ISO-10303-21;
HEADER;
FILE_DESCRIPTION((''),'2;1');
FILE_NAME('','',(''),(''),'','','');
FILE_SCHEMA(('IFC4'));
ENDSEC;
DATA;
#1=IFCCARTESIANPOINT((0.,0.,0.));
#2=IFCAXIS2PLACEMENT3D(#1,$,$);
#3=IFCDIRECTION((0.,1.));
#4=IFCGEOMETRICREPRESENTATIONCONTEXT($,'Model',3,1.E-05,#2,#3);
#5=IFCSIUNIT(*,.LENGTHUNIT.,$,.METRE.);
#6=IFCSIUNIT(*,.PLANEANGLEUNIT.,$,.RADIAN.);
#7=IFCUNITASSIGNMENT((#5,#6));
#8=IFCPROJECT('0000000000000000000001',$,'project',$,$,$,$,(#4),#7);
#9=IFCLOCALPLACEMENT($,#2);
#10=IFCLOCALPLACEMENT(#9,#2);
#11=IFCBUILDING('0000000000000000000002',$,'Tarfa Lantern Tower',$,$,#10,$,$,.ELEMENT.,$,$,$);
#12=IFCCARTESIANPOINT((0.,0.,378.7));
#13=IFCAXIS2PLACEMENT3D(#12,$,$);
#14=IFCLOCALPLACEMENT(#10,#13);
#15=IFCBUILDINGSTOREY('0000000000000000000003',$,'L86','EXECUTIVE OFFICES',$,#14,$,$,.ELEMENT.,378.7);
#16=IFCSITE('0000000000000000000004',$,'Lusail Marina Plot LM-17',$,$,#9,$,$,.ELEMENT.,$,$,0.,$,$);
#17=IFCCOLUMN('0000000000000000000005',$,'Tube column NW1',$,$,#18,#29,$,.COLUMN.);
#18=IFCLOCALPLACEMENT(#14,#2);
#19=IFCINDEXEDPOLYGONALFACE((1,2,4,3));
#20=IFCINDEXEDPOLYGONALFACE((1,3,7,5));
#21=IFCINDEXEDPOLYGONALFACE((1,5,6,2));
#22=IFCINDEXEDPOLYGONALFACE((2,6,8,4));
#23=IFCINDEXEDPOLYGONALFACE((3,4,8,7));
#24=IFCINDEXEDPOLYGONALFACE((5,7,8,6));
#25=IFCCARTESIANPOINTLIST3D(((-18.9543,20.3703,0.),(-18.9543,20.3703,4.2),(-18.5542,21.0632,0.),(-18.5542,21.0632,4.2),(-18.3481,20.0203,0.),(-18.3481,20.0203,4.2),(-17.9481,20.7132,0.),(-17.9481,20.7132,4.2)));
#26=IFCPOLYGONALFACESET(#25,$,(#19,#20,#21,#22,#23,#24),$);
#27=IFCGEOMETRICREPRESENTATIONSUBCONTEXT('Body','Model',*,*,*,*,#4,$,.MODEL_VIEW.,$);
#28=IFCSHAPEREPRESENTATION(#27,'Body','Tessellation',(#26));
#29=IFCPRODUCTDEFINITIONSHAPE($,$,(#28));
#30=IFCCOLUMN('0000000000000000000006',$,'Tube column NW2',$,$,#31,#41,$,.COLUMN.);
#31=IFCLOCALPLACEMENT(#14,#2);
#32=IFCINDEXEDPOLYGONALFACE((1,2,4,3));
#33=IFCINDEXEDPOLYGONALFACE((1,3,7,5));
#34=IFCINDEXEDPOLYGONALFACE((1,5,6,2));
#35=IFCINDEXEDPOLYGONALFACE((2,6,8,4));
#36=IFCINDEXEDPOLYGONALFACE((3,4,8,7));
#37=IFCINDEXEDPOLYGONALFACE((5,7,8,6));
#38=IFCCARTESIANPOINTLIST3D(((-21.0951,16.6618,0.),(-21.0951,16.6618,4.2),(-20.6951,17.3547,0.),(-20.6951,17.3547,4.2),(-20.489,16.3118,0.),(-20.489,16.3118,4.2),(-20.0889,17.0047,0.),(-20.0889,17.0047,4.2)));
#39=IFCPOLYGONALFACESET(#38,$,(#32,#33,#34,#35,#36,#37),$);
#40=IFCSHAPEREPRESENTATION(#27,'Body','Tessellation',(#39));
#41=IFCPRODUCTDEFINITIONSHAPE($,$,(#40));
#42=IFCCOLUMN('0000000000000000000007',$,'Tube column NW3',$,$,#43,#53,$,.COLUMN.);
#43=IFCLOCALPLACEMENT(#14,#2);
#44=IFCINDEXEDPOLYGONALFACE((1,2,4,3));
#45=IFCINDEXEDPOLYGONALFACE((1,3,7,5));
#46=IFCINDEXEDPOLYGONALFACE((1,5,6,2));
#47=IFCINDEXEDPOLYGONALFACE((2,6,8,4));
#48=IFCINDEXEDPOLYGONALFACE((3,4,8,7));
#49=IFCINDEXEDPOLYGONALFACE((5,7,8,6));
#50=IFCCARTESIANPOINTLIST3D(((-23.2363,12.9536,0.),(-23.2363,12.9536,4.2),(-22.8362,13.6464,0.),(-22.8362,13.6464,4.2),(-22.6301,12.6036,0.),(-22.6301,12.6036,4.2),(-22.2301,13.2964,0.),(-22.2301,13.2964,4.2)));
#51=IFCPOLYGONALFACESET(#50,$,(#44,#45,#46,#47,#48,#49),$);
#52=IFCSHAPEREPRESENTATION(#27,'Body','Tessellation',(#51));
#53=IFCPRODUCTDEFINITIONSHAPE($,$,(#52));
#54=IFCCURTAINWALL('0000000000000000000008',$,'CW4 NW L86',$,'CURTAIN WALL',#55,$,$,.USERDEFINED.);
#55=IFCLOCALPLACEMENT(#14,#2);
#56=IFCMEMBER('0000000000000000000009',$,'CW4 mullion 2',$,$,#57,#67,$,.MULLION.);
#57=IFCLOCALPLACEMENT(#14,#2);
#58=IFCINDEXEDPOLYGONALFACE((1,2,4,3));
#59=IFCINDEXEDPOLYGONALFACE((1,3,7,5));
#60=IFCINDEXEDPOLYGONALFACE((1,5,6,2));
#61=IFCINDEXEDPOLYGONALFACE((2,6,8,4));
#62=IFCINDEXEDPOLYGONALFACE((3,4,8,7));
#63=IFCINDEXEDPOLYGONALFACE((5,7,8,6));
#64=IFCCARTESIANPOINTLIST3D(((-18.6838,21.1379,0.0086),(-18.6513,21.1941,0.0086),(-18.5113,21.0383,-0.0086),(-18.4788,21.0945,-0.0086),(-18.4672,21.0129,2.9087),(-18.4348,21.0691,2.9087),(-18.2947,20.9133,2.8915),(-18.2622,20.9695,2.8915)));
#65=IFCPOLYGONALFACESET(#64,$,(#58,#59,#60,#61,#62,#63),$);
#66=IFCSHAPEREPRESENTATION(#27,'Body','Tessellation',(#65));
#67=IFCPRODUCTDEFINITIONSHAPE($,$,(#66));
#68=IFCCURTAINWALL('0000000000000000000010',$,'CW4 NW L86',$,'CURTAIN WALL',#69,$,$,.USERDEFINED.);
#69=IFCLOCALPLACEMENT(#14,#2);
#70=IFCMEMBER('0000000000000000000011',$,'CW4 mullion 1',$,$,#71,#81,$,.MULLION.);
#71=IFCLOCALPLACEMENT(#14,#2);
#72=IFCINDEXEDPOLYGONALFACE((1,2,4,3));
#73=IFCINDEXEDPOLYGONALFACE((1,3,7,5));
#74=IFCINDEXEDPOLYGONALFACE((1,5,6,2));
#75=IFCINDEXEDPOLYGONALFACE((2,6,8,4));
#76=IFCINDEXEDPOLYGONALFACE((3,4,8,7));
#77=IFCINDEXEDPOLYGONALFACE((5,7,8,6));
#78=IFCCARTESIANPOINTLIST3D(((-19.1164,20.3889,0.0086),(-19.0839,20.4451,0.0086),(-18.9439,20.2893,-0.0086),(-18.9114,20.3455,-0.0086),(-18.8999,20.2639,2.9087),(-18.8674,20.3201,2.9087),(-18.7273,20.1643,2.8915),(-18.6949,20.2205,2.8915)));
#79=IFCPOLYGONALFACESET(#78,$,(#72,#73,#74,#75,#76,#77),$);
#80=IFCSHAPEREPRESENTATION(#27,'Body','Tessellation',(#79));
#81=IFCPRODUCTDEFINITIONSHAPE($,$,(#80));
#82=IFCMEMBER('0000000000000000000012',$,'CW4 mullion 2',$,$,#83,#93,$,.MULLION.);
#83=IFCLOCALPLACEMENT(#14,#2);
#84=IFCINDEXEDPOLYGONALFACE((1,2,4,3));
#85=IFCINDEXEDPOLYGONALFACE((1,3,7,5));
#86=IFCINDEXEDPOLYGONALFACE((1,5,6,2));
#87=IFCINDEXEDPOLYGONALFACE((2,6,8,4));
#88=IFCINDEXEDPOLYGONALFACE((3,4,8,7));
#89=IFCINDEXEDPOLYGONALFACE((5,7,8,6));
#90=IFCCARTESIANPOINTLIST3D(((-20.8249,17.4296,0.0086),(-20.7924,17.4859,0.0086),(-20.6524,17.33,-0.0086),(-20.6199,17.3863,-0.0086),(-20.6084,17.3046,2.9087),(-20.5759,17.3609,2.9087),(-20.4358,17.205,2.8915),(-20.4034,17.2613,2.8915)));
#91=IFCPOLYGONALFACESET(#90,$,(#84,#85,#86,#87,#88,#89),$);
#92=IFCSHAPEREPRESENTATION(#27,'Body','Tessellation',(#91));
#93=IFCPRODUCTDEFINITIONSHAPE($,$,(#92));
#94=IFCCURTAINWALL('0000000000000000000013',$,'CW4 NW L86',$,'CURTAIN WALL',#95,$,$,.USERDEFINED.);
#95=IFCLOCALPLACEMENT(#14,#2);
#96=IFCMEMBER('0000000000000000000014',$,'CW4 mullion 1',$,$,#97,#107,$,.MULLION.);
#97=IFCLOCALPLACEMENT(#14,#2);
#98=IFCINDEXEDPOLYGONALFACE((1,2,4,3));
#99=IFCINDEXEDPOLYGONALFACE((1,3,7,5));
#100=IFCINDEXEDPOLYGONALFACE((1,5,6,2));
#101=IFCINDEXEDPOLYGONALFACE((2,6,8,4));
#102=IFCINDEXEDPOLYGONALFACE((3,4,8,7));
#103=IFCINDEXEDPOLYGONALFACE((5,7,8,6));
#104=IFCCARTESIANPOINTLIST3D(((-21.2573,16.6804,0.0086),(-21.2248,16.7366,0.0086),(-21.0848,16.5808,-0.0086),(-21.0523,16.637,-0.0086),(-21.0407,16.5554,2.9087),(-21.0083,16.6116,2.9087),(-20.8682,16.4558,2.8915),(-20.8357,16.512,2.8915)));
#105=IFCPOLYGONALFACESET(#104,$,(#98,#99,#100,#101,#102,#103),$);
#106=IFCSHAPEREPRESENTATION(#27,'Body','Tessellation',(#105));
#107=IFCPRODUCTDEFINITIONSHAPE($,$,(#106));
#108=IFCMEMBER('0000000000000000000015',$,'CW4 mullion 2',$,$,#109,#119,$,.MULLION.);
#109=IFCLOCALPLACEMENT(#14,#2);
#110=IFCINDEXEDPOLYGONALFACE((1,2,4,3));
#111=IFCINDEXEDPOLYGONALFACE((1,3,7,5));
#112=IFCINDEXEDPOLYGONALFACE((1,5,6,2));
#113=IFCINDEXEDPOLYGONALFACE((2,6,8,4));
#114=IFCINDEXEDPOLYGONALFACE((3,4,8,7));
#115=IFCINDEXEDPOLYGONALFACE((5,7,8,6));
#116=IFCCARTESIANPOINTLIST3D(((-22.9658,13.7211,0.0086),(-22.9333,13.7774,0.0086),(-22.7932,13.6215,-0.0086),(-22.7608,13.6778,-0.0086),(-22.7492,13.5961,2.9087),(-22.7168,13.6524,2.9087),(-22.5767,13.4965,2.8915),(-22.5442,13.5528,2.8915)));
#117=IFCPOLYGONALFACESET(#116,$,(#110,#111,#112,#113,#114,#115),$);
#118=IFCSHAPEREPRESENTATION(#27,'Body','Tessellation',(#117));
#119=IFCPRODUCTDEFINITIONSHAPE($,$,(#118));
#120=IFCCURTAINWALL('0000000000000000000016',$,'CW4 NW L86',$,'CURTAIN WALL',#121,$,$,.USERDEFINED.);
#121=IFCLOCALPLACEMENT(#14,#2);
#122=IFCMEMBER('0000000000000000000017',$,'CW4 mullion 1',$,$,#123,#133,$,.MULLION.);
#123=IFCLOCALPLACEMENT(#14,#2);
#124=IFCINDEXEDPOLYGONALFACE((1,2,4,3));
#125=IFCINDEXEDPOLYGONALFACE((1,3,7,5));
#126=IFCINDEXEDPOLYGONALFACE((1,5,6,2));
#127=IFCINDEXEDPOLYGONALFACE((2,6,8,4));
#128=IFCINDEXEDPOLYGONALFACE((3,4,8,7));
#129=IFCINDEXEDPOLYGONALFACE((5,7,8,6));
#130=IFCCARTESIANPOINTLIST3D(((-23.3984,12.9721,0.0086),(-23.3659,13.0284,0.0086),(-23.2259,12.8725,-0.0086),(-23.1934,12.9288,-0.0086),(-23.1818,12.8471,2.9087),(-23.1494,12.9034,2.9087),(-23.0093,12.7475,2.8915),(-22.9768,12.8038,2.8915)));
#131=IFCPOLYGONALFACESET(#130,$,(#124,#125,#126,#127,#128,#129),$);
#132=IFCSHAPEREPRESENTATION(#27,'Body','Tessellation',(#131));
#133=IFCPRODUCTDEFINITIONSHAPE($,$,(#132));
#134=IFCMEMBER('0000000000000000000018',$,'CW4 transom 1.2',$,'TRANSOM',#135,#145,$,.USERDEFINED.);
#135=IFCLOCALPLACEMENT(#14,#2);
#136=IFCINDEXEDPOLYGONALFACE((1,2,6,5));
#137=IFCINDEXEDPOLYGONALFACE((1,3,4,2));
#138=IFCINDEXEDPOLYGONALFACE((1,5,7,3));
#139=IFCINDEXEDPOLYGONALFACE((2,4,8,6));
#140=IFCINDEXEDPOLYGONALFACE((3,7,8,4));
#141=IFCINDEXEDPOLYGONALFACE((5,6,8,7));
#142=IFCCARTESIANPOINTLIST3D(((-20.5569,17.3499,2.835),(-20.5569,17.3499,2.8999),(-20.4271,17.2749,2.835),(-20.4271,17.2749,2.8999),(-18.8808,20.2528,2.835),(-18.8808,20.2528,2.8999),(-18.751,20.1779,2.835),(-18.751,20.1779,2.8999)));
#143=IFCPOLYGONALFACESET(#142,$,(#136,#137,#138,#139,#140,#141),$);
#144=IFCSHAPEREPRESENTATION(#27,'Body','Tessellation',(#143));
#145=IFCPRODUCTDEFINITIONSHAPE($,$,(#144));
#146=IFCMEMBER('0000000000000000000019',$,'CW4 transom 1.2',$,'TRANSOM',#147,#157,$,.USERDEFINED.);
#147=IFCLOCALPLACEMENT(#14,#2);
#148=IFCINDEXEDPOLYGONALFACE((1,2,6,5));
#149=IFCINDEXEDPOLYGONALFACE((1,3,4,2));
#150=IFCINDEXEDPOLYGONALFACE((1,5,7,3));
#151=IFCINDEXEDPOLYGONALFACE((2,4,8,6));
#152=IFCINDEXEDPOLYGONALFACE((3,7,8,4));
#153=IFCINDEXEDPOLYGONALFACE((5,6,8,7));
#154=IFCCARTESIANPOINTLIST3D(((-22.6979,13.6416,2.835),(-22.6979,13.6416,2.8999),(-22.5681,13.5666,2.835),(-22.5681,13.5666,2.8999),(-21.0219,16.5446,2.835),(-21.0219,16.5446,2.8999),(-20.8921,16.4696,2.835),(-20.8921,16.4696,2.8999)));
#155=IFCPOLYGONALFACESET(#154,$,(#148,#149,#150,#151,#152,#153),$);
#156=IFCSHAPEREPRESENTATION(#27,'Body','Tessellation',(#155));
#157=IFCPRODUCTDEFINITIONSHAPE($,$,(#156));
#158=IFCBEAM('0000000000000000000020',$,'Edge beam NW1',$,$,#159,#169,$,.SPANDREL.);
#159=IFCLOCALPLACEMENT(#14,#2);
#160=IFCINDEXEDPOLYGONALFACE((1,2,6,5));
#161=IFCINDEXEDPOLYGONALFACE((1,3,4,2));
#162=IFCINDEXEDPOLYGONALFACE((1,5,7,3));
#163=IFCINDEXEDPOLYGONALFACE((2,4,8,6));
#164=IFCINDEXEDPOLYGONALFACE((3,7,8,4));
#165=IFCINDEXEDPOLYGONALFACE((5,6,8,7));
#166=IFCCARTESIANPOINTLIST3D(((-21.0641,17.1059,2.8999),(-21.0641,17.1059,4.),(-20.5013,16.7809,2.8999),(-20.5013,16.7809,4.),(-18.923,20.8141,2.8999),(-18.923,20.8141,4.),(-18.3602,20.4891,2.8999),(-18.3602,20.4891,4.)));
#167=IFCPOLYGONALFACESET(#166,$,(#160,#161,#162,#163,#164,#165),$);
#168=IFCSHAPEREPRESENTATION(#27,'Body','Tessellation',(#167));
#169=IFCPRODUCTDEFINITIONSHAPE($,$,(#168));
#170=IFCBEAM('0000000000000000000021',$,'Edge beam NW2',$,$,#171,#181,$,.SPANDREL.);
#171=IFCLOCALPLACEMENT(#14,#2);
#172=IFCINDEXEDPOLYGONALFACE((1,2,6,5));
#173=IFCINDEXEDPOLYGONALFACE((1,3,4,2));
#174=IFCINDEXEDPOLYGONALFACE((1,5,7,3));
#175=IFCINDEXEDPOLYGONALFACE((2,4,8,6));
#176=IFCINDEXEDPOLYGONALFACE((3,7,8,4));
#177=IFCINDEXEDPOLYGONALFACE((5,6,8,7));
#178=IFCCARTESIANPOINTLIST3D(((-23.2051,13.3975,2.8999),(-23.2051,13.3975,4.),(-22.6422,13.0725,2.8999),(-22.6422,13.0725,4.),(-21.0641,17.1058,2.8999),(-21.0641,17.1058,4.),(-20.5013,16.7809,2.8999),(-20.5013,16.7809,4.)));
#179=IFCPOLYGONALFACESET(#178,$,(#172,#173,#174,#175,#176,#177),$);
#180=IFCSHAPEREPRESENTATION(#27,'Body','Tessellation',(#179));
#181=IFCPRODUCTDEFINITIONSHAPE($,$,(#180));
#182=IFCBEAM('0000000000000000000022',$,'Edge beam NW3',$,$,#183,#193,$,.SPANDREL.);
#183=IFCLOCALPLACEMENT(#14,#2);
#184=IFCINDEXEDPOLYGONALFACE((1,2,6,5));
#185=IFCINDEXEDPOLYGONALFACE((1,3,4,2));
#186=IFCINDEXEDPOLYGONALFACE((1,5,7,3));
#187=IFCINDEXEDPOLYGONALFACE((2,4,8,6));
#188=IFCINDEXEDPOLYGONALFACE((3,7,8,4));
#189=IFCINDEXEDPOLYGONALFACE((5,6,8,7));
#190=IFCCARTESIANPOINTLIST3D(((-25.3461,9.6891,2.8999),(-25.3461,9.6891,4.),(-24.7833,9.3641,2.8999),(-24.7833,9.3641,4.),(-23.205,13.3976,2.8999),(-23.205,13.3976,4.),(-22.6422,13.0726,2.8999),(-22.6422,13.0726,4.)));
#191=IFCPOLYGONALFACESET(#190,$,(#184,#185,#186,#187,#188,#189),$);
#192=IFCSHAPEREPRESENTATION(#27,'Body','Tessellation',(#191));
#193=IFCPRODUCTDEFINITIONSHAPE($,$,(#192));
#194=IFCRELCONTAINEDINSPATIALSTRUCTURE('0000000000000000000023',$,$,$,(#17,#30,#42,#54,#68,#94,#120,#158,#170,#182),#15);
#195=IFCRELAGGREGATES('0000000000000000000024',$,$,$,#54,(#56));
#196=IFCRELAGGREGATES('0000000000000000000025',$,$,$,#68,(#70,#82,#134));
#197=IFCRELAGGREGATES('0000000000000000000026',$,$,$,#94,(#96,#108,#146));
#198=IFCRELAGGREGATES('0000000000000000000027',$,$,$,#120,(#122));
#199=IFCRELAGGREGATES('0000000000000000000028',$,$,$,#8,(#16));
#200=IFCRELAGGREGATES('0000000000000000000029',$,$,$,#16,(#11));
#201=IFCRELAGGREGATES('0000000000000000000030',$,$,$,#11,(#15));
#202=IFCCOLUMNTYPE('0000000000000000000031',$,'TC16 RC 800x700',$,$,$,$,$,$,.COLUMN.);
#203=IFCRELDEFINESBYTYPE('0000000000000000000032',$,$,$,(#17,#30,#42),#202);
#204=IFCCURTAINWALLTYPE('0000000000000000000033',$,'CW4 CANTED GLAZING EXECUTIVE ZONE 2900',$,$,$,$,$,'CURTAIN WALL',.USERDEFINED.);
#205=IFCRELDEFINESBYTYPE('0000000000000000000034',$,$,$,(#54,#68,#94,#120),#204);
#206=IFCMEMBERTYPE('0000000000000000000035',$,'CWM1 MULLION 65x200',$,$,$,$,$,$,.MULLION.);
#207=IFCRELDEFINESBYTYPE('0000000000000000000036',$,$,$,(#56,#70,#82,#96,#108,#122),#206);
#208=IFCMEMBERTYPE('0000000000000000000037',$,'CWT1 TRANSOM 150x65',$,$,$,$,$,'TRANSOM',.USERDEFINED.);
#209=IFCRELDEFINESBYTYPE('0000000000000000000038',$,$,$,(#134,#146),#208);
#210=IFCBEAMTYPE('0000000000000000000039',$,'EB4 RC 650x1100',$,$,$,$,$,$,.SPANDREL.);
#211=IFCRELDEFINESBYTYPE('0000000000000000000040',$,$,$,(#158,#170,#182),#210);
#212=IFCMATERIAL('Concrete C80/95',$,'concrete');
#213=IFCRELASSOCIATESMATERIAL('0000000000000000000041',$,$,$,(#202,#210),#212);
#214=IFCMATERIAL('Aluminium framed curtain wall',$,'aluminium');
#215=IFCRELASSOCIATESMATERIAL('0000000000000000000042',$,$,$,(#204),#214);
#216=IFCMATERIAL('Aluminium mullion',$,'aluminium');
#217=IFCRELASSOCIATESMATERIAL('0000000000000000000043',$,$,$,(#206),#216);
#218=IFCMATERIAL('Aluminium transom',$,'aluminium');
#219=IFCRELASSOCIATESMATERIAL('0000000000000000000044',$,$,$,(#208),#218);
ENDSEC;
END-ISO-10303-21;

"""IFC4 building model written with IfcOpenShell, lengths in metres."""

from ifc_helpers import new_model, si_unit, direction, frame, origin, origin_2d, place, context, subcontext, project, spatial, rectangle, extrude, material, material_profile, profile_set, type_object, element, aggregate, save


model = new_model("IFC4")

# Units and contexts
model_context = context("Model", 3, precision=1e-05, world=origin(), true_north=direction((0.0, 1.0)))
body_context = subcontext(model_context, "Body", "Model", "MODEL_VIEW")
ifc_project = project(units=[si_unit("LENGTHUNIT", "METRE"), si_unit("PLANEANGLEUNIT", "RADIAN")], contexts=[model_context])

# Site, building, storey
site_placement = place(None, origin())
site = spatial("IfcSite", under=ifc_project, at=site_placement, Name="Lusail Marina Plot LM-17", CompositionType="ELEMENT", RefElevation=0.0)
building_placement = place(site_placement, origin())
building = spatial("IfcBuilding", under=site, at=building_placement, Name="Tarfa Lantern Tower", CompositionType="ELEMENT")
storey_placement = place(building_placement, frame((0.0, 0.0, 378.7)))
storey = spatial("IfcBuildingStorey", under=building, at=storey_placement, Name="L86", Description="EXECUTIVE OFFICES", CompositionType="ELEMENT", Elevation=378.7)

# Columns
ifc_material_1 = material(Name="Concrete C80/95", Category="concrete")
ifc_material_profile_1 = material_profile(ifc_material_1, rectangle(XDim=0.8, YDim=0.7, at=origin_2d()), Name="RC 800x700")
ifc_profile_set_1 = profile_set([ifc_material_profile_1], Name="Concrete C80/95")
column_type = type_object("IfcColumnType", Name="TC16 RC 800x700", PredefinedType="COLUMN", material=ifc_profile_set_1)
for number, where, z_axis, x_axis, name in (
    (1, (-18.4512, 20.5417, 0.0), (0.0, 0.0, 1.0), (-0.5, -0.866025, 0.0), "Tube column NW1"),
    (2, (-20.592, 16.8333, 0.0), (0.0, 0.0, 1.0), (-0.5, -0.866025, 0.0), "Tube column NW2"),
    (3, (-22.7332, 13.125, 0.0), (0.0, 0.0, 1.0), (-0.5, -0.866025, 0.0), "Tube column NW3"),
):
    element("IfcColumn", number, at=place(storey_placement, frame(where, z_axis=z_axis, x_axis=x_axis)), inside=storey, type_object=column_type, Name=name, PredefinedType="COLUMN", context=body_context, shape_type="SweptSolid", body=[
        extrude(rectangle(XDim=0.8, YDim=0.7, at=origin_2d()), origin(), (0.0, 0.0, 1.0), 4.2),
    ])

# Curtain wall, member
ifc_material_2 = material(Name="Aluminium framed curtain wall", Category="aluminium")
curtain_wall_type = type_object("IfcCurtainWallType", Name="CW4 CANTED GLAZING EXECUTIVE ZONE 2900", ElementType="CURTAIN WALL", PredefinedType="USERDEFINED", material=ifc_material_2)
curtain_wall_1_placement = place(storey_placement, origin())
curtain_wall_1 = element("IfcCurtainWall", 4, at=curtain_wall_1_placement, inside=storey, type_object=curtain_wall_type, Name="CW4 NW L86", ObjectType="CURTAIN WALL", PredefinedType="USERDEFINED")
ifc_material_3 = material(Name="Aluminium mullion", Category="aluminium")
ifc_material_profile_2 = material_profile(ifc_material_3, rectangle(XDim=0.0649, YDim=0.2, at=origin_2d()), Name="AL MULLION 65x200")
ifc_profile_set_2 = profile_set([ifc_material_profile_2], Name="Aluminium mullion")
member_type_1 = type_object("IfcMemberType", Name="CWM1 MULLION 65x200", PredefinedType="MULLION", material=ifc_profile_set_2)
member_1_placement = place(storey_placement, frame((-18.5813, 21.1162, 0.0), z_axis=(0.074394, -0.042942, 0.996304), x_axis=(0.49992, 0.866072, 0.0)))
member_1 = element("IfcMember", 5, at=member_1_placement, type_object=member_type_1, Name="CW4 mullion 2", PredefinedType="MULLION", context=body_context, shape_type="SweptSolid", body=[
    extrude(rectangle(XDim=0.0649, YDim=0.2, at=origin_2d()), origin(), (0.0, 0.0, 1.0), 2.9109),
])
aggregate(curtain_wall_1, [member_1])

# Curtain walls, members
curtain_wall_2_placement = place(storey_placement, origin())
curtain_wall_2 = element("IfcCurtainWall", 6, at=curtain_wall_2_placement, inside=storey, type_object=curtain_wall_type, Name="CW4 NW L86", ObjectType="CURTAIN WALL", PredefinedType="USERDEFINED")
member_2_placement = place(storey_placement, frame((-19.0139, 20.3672, 0.0), z_axis=(0.074394, -0.042942, 0.996304), x_axis=(0.49992, 0.866072, 0.0)))
member_2 = element("IfcMember", 7, at=member_2_placement, type_object=member_type_1, Name="CW4 mullion 1", PredefinedType="MULLION", context=body_context, shape_type="SweptSolid", body=[
    extrude(rectangle(XDim=0.0649, YDim=0.2, at=origin_2d()), origin(), (0.0, 0.0, 1.0), 2.9109),
])
member_3_placement = place(storey_placement, frame((-20.7224, 17.408, 0.0), z_axis=(0.074394, -0.042942, 0.996304), x_axis=(0.49992, 0.866072, 0.0)))
member_3 = element("IfcMember", 8, at=member_3_placement, type_object=member_type_1, Name="CW4 mullion 2", PredefinedType="MULLION", context=body_context, shape_type="SweptSolid", body=[
    extrude(rectangle(XDim=0.0649, YDim=0.2, at=origin_2d()), origin(), (0.0, 0.0, 1.0), 2.9109),
])
curtain_wall_3_placement = place(storey_placement, origin())
curtain_wall_3 = element("IfcCurtainWall", 9, at=curtain_wall_3_placement, inside=storey, type_object=curtain_wall_type, Name="CW4 NW L86", ObjectType="CURTAIN WALL", PredefinedType="USERDEFINED")
member_4_placement = place(storey_placement, frame((-21.1548, 16.6587, 0.0), z_axis=(0.074394, -0.042942, 0.996304), x_axis=(0.49992, 0.866072, 0.0)))
member_4 = element("IfcMember", 10, at=member_4_placement, type_object=member_type_1, Name="CW4 mullion 1", PredefinedType="MULLION", context=body_context, shape_type="SweptSolid", body=[
    extrude(rectangle(XDim=0.0649, YDim=0.2, at=origin_2d()), origin(), (0.0, 0.0, 1.0), 2.9109),
])
member_5_placement = place(storey_placement, frame((-22.8633, 13.6995, 0.0), z_axis=(0.074394, -0.042942, 0.996304), x_axis=(0.49992, 0.866072, 0.0)))
member_5 = element("IfcMember", 11, at=member_5_placement, type_object=member_type_1, Name="CW4 mullion 2", PredefinedType="MULLION", context=body_context, shape_type="SweptSolid", body=[
    extrude(rectangle(XDim=0.0649, YDim=0.2, at=origin_2d()), origin(), (0.0, 0.0, 1.0), 2.9109),
])

# Curtain wall, member
curtain_wall_4_placement = place(storey_placement, origin())
curtain_wall_4 = element("IfcCurtainWall", 12, at=curtain_wall_4_placement, inside=storey, type_object=curtain_wall_type, Name="CW4 NW L86", ObjectType="CURTAIN WALL", PredefinedType="USERDEFINED")
member_6_placement = place(storey_placement, frame((-23.2959, 12.9504, 0.0), z_axis=(0.074394, -0.042942, 0.996304), x_axis=(0.49992, 0.866072, 0.0)))
member_6 = element("IfcMember", 13, at=member_6_placement, type_object=member_type_1, Name="CW4 mullion 1", PredefinedType="MULLION", context=body_context, shape_type="SweptSolid", body=[
    extrude(rectangle(XDim=0.0649, YDim=0.2, at=origin_2d()), origin(), (0.0, 0.0, 1.0), 2.9109),
])

# Members
ifc_material_4 = material(Name="Aluminium transom", Category="aluminium")
ifc_material_profile_3 = material_profile(ifc_material_4, rectangle(XDim=0.1499, YDim=0.0649, at=origin_2d()), Name="AL TRANSOM 150x65")
ifc_profile_set_3 = profile_set([ifc_material_profile_3], Name="Aluminium transom")
member_type_2 = type_object("IfcMemberType", Name="CWT1 TRANSOM 150x65", ElementType="TRANSOM", PredefinedType="USERDEFINED", material=ifc_profile_set_3)
member_7_placement = place(storey_placement, frame((-18.8159, 20.2153, 2.8674), z_axis=(-0.500017, -0.866016, 0.0), x_axis=(0.866016, -0.500017, 0.0)))
member_7 = element("IfcMember", 14, at=member_7_placement, type_object=member_type_2, Name="CW4 transom 1.2", ObjectType="TRANSOM", PredefinedType="USERDEFINED", context=body_context, shape_type="SweptSolid", body=[
    extrude(rectangle(XDim=0.1499, YDim=0.0649, at=origin_2d()), origin(), (0.0, 0.0, 1.0), 3.3521),
])
member_8_placement = place(storey_placement, frame((-20.957, 16.5071, 2.8674), z_axis=(-0.499985, -0.866034, 0.0), x_axis=(0.866034, -0.499985, 0.0)))
member_8 = element("IfcMember", 15, at=member_8_placement, type_object=member_type_2, Name="CW4 transom 1.2", ObjectType="TRANSOM", PredefinedType="USERDEFINED", context=body_context, shape_type="SweptSolid", body=[
    extrude(rectangle(XDim=0.1499, YDim=0.0649, at=origin_2d()), origin(), (0.0, 0.0, 1.0), 3.3521),
])

# Beams
ifc_material_profile_4 = material_profile(ifc_material_1, rectangle(XDim=0.6499, YDim=1.1001, at=origin_2d()), Name="RC 650x1100")
ifc_profile_set_4 = profile_set([ifc_material_profile_4], Name="Concrete C80/95")
beam_type_1 = type_object("IfcBeamType", Name="EB4 RC 650x1100", PredefinedType="SPANDREL", material=ifc_profile_set_4)
for number, where, z_axis, x_axis, name in (
    (16, (-18.6416, 20.6516, 3.45), (-0.500027, -0.86601, 0.0), (0.86601, -0.500027, 0.0), "Edge beam NW1"),
    (17, (-20.7827, 16.9434, 3.45), (-0.499984, -0.866035, 0.0), (0.866035, -0.499984, 0.0), "Edge beam NW2"),
):
    element("IfcBeam", number, at=place(storey_placement, frame(where, z_axis=z_axis, x_axis=x_axis)), inside=storey, type_object=beam_type_1, Name=name, PredefinedType="SPANDREL", context=body_context, shape_type="SweptSolid", body=[
        extrude(rectangle(XDim=0.6499, YDim=1.1001, at=origin_2d()), origin(), (0.0, 0.0, 1.0), 4.282),
    ])
beam_1_placement = place(storey_placement, frame((-22.9236, 13.2351, 3.45), z_axis=(-0.500002, -0.866024, 0.0), x_axis=(0.866024, -0.500002, 0.0)))
element("IfcBeam", 18, at=beam_1_placement, inside=storey, type_object=beam_type_1, Name="Edge beam NW3", PredefinedType="SPANDREL", context=body_context, shape_type="SweptSolid", body=[
    extrude(rectangle(XDim=0.6499, YDim=1.1001, at=origin_2d()), origin(), (0.0, 0.0, 1.0), 4.2822),
])

aggregate(curtain_wall_2, [member_2, member_3, member_7])
aggregate(curtain_wall_3, [member_4, member_5, member_8])
aggregate(curtain_wall_4, [member_6])

save(model, "model.ifc")
